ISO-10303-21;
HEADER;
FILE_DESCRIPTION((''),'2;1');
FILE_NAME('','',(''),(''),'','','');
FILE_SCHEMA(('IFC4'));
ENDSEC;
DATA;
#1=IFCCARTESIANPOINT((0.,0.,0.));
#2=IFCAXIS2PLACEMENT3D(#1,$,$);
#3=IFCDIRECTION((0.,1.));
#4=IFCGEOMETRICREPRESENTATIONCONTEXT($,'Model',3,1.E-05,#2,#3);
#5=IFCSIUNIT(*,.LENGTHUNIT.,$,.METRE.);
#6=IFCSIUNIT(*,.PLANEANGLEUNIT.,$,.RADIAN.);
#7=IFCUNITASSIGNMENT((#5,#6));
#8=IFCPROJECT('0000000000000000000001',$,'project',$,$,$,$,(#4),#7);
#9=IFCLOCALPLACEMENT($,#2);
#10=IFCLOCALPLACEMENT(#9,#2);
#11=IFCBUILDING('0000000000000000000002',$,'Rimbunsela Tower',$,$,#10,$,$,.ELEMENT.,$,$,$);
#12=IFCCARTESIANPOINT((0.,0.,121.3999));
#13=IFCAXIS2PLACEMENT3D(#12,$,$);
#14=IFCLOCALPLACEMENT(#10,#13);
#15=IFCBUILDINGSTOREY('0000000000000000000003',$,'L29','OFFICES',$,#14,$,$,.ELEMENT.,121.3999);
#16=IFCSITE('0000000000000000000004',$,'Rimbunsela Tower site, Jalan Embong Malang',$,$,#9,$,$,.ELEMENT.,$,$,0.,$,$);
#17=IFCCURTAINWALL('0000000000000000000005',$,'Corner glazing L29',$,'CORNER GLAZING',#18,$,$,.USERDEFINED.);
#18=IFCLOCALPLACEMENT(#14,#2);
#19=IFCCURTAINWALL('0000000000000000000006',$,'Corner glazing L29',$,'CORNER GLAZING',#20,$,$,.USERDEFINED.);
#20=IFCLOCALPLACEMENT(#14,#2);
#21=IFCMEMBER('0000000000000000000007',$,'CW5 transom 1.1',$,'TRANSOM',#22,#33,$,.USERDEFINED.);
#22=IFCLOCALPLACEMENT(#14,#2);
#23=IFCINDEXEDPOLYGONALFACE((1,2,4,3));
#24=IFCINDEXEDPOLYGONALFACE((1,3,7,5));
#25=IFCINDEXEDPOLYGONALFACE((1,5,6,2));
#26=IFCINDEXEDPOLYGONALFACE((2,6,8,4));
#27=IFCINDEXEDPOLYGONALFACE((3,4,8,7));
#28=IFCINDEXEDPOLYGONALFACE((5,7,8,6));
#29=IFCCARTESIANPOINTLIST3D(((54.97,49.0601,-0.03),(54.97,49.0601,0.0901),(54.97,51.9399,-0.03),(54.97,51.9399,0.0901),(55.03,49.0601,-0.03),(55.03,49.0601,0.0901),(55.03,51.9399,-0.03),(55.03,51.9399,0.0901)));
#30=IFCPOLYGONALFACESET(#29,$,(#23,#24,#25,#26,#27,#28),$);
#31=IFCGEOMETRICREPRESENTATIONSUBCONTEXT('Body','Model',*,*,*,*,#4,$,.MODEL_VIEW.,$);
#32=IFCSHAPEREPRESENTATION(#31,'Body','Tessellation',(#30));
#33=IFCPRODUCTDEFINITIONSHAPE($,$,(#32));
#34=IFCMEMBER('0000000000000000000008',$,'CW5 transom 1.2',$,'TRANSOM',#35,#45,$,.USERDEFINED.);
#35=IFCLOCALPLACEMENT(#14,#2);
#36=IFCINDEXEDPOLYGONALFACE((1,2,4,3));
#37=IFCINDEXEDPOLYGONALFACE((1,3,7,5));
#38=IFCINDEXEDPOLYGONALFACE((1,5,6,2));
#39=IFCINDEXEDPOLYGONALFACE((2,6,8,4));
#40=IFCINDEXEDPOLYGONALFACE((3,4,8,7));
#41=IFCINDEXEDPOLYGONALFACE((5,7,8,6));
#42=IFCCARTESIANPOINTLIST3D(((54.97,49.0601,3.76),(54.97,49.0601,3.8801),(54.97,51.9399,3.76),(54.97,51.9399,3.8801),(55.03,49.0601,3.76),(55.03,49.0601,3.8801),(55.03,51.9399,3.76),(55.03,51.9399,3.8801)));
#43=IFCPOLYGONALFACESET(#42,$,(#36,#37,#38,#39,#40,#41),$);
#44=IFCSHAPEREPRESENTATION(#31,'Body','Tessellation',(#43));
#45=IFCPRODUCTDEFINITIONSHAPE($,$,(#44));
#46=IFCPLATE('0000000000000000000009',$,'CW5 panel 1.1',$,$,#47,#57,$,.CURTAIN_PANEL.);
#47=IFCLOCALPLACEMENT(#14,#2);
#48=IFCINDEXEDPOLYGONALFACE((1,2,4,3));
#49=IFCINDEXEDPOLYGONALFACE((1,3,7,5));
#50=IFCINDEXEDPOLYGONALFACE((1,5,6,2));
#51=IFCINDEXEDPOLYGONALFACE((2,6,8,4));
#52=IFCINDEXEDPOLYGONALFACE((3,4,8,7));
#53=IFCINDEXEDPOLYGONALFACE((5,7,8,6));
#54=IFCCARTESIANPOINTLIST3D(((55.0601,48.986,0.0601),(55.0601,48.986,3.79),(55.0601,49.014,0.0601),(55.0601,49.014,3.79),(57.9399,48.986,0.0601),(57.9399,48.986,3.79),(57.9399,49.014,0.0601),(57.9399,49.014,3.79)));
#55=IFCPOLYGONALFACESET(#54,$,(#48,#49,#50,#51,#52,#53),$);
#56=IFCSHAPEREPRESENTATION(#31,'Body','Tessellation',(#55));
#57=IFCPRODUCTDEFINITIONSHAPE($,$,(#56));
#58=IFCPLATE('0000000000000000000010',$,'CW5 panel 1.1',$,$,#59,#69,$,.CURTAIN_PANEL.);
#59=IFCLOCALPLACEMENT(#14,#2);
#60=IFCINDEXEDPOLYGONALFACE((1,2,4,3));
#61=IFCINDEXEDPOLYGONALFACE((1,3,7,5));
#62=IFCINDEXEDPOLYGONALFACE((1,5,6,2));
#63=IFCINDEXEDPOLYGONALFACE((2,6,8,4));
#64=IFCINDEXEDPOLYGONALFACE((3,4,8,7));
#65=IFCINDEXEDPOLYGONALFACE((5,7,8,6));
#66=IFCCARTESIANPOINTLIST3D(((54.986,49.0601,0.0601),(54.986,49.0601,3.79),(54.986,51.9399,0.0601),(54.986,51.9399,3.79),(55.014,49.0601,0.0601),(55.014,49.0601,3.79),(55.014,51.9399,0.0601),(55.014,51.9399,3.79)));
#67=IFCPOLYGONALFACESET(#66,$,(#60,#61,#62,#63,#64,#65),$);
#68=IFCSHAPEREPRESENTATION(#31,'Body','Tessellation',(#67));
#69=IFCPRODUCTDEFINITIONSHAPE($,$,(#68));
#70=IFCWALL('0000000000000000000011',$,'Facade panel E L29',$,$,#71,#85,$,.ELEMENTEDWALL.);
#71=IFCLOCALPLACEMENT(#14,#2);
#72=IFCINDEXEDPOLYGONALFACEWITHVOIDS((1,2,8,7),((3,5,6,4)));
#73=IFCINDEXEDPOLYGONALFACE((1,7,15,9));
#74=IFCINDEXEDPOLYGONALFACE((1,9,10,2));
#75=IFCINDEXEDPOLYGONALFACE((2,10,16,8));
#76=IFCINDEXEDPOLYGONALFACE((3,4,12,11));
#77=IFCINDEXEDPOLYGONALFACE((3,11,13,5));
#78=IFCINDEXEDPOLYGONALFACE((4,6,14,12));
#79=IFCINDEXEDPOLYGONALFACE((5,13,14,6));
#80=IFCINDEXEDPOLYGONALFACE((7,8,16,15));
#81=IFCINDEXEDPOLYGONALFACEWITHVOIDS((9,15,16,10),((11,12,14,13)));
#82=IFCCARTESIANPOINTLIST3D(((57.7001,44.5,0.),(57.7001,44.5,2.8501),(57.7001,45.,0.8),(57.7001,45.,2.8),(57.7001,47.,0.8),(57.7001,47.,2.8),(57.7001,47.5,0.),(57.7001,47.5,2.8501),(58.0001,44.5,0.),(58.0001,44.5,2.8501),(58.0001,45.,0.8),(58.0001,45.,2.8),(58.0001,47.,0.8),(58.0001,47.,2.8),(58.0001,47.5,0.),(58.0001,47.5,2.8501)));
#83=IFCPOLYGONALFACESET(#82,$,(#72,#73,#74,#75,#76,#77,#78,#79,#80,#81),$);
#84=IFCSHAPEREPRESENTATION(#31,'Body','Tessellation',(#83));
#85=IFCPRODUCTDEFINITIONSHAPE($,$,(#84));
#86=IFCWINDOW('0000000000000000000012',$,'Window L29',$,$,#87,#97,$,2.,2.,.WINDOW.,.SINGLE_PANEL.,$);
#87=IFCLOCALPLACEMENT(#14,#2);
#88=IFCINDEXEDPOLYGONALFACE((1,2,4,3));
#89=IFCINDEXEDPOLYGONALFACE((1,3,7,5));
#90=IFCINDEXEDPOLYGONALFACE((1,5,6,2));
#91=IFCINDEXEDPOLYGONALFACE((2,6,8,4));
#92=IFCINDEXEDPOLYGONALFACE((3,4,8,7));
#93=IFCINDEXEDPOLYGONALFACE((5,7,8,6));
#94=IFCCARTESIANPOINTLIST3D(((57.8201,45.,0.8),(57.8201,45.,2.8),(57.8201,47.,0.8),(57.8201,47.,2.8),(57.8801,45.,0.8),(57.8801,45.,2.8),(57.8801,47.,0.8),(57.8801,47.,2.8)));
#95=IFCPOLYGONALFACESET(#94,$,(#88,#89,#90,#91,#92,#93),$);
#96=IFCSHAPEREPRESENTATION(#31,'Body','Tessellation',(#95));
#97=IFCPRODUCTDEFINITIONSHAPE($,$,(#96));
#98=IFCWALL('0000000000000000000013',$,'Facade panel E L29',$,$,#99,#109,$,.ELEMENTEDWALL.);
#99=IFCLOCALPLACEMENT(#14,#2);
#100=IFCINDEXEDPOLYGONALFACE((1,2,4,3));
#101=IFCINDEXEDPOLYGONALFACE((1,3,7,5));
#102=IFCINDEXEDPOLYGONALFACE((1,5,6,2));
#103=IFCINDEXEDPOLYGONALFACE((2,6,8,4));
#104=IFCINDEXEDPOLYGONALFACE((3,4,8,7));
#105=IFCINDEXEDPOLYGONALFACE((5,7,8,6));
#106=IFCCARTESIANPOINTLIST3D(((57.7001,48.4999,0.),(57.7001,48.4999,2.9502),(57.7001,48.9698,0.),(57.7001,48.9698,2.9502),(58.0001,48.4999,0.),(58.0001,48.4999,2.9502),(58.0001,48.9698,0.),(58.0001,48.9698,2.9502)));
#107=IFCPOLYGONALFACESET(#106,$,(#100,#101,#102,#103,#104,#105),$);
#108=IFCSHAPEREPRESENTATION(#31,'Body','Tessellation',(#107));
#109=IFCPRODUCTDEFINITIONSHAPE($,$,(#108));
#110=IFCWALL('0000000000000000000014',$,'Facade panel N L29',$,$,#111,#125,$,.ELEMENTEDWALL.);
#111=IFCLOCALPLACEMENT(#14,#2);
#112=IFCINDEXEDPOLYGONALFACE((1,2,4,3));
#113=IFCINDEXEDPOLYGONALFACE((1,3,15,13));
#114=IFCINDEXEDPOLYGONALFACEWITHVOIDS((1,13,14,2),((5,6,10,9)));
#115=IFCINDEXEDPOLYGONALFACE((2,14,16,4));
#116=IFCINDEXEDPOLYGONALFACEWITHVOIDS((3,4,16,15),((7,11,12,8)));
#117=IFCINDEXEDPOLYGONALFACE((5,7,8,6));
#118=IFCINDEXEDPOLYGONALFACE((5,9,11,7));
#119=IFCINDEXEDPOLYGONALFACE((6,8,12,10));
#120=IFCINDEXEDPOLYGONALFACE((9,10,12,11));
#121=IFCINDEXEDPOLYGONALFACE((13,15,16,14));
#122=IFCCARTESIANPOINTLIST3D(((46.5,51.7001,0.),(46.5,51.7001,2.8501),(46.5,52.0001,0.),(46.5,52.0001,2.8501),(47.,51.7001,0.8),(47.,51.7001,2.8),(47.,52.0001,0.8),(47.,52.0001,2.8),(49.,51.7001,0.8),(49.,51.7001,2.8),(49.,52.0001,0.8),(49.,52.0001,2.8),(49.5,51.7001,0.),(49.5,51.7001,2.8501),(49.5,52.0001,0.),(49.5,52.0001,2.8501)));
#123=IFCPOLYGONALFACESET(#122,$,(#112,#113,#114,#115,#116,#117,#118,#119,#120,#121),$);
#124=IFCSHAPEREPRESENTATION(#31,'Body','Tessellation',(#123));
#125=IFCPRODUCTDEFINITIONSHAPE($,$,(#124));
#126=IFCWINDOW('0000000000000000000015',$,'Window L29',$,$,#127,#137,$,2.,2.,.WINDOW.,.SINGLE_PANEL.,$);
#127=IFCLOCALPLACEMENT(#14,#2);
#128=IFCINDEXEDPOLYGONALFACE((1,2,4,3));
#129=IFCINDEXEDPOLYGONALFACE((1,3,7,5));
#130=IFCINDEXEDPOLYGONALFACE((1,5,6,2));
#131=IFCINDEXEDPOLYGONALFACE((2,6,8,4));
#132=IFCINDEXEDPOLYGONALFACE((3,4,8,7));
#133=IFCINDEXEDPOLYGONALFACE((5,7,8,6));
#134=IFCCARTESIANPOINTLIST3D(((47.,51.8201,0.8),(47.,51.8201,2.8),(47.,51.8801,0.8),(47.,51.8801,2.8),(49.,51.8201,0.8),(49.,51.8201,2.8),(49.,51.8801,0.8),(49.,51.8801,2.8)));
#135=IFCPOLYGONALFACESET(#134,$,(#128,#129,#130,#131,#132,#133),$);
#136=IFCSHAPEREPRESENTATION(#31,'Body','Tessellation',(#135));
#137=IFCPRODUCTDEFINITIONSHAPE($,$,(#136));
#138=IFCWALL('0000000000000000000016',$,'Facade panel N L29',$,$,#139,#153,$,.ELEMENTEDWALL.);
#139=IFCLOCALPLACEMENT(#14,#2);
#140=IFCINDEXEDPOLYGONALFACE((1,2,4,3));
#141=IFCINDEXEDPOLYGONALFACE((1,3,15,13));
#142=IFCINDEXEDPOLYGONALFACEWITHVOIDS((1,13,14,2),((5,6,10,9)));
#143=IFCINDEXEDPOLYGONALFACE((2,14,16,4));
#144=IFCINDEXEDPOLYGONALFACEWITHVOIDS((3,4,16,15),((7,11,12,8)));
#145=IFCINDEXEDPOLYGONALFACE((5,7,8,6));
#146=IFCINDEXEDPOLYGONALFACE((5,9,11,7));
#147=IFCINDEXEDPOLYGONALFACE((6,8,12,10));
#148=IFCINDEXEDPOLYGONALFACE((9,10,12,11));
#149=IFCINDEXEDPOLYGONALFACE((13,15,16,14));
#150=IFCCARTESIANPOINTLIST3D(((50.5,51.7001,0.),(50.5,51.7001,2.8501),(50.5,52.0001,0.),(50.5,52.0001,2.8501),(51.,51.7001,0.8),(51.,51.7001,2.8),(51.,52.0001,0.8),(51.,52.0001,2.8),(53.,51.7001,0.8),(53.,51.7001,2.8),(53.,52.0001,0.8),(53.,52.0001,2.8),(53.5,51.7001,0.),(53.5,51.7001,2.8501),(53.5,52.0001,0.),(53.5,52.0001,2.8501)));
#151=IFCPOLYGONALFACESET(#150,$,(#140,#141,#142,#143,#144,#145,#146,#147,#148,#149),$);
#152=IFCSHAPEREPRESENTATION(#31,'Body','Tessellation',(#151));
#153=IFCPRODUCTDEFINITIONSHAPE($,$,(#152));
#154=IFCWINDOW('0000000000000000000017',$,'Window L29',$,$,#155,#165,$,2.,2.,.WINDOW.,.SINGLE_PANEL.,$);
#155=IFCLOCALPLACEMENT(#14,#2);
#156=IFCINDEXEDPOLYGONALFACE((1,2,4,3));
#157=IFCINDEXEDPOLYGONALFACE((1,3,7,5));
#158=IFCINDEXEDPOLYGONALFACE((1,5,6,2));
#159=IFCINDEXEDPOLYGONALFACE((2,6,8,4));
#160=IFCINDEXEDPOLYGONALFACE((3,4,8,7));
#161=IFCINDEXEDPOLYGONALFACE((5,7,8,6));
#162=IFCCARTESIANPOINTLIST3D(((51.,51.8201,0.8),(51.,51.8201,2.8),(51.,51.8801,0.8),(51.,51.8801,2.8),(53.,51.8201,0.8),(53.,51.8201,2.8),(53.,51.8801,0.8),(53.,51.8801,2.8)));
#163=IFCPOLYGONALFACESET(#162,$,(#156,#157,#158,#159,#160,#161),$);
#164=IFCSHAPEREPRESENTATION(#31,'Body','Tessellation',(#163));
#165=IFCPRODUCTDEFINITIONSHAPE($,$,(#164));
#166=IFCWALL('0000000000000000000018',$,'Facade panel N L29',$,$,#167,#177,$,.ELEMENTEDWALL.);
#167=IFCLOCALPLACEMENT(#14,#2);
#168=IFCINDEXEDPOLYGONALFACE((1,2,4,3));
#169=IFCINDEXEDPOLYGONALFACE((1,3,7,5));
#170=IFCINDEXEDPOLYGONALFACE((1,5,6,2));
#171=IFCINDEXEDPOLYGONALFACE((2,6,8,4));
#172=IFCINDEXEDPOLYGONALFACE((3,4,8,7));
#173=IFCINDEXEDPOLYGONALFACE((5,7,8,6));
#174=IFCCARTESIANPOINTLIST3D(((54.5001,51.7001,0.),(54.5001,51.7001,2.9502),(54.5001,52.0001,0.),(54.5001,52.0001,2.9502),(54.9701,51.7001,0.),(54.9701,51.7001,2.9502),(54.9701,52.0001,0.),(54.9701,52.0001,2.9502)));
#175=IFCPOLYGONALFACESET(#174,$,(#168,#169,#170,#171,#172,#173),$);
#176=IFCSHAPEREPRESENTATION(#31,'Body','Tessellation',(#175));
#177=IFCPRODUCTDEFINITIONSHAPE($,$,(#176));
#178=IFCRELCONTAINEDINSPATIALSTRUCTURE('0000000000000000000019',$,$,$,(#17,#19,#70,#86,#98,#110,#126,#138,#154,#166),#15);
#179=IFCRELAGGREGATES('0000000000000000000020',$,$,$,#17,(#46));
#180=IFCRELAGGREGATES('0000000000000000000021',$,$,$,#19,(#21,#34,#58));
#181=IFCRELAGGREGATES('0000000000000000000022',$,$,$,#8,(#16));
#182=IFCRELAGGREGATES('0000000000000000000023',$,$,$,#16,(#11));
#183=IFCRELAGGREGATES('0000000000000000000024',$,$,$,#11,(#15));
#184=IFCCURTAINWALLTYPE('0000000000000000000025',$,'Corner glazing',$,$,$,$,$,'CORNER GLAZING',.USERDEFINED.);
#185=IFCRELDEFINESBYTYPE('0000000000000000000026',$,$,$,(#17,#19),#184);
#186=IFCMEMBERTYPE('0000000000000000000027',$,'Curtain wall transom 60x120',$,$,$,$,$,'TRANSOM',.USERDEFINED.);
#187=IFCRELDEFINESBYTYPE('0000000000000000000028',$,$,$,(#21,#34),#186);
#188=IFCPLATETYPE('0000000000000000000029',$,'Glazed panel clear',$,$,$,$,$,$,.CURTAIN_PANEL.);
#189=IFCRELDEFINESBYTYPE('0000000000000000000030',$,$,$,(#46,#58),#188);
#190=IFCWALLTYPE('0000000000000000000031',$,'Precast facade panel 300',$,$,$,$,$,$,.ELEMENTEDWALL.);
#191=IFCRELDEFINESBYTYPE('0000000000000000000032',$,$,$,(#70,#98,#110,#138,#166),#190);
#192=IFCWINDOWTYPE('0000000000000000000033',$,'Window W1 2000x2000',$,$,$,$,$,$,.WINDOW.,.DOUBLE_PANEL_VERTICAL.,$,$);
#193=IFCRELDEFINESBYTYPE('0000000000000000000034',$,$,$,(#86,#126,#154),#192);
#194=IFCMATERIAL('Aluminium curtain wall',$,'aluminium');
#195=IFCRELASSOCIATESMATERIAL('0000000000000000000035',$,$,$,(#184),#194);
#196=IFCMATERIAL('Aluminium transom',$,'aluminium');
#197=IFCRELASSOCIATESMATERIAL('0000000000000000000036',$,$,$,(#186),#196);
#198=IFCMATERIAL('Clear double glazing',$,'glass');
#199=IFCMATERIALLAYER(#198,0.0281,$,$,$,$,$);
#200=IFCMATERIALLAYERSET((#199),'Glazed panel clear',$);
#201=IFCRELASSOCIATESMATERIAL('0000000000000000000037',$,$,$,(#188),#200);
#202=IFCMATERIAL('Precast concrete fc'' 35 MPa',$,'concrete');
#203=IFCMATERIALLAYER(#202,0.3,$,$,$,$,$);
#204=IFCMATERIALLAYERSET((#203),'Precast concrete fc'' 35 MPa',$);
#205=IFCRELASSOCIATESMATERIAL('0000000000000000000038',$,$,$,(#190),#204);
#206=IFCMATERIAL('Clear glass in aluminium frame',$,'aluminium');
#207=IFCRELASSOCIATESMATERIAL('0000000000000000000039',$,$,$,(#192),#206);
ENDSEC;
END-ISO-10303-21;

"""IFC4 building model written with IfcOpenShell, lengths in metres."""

from ifc_helpers import new_model, si_unit, direction, frame, frame_2d, origin, origin_2d, place, context, subcontext, project, spatial, rectangle, extrude, material, layer, layer_set, material_profile, profile_set, type_object, element, fill, aggregate, save


model = new_model("IFC4")

# Units and contexts
model_context = context("Model", 3, precision=1e-05, world=origin(), true_north=direction((0.0, 1.0)))
body_context = subcontext(model_context, "Body", "Model", "MODEL_VIEW")
ifc_project = project(units=[si_unit("LENGTHUNIT", "METRE"), si_unit("PLANEANGLEUNIT", "RADIAN")], contexts=[model_context])

# Site, building, storey
site_placement = place(None, origin())
site = spatial("IfcSite", under=ifc_project, at=site_placement, Name="Rimbunsela Tower site, Jalan Embong Malang", CompositionType="ELEMENT", RefElevation=0.0)
building_placement = place(site_placement, origin())
building = spatial("IfcBuilding", under=site, at=building_placement, Name="Rimbunsela Tower", CompositionType="ELEMENT")
storey_placement = place(building_placement, frame((0.0, 0.0, 121.3999)))
storey = spatial("IfcBuildingStorey", under=building, at=storey_placement, Name="L29", Description="OFFICES", CompositionType="ELEMENT", Elevation=121.3999)

# Curtain walls
ifc_material_1 = material(Name="Aluminium curtain wall", Category="aluminium")
curtain_wall_type = type_object("IfcCurtainWallType", Name="Corner glazing", ElementType="CORNER GLAZING", PredefinedType="USERDEFINED", material=ifc_material_1)
curtain_wall_1_placement = place(storey_placement, origin())
curtain_wall_1 = element("IfcCurtainWall", 1, at=curtain_wall_1_placement, inside=storey, type_object=curtain_wall_type, Name="Corner glazing L29", ObjectType="CORNER GLAZING", PredefinedType="USERDEFINED")
curtain_wall_2_placement = place(storey_placement, origin())
curtain_wall_2 = element("IfcCurtainWall", 2, at=curtain_wall_2_placement, inside=storey, type_object=curtain_wall_type, Name="Corner glazing L29", ObjectType="CORNER GLAZING", PredefinedType="USERDEFINED")

# Members
ifc_material_2 = material(Name="Aluminium transom", Category="aluminium")
ifc_material_profile_1 = material_profile(ifc_material_2, rectangle(XDim=0.0601, YDim=0.1201, at=origin_2d()), Name="Transom 60x120")
ifc_profile_set_1 = profile_set([ifc_material_profile_1], Name="Aluminium transom")
member_type_1 = type_object("IfcMemberType", Name="Curtain wall transom 60x120", ElementType="TRANSOM", PredefinedType="USERDEFINED", material=ifc_profile_set_1)
member_1_placement = place(storey_placement, frame((55.0, 49.0601, 0.03), z_axis=(0.0, 1.0, 0.0), x_axis=(-1.0, 0.0, 0.0)))
member_1 = element("IfcMember", 3, at=member_1_placement, type_object=member_type_1, Name="CW5 transom 1.1", ObjectType="TRANSOM", PredefinedType="USERDEFINED", context=body_context, shape_type="SweptSolid", body=[
    extrude(rectangle(XDim=0.0601, YDim=0.1201, at=origin_2d()), origin(), (0.0, 0.0, 1.0), 2.8799),
])
member_2_placement = place(storey_placement, frame((55.0, 49.0601, 3.8201), z_axis=(0.0, 1.0, 0.0), x_axis=(-1.0, 0.0, 0.0)))
member_2 = element("IfcMember", 4, at=member_2_placement, type_object=member_type_1, Name="CW5 transom 1.2", ObjectType="TRANSOM", PredefinedType="USERDEFINED", context=body_context, shape_type="SweptSolid", body=[
    extrude(rectangle(XDim=0.0601, YDim=0.1201, at=origin_2d()), origin(), (0.0, 0.0, 1.0), 2.8799),
])

# Plates
ifc_material_3 = material(Name="Clear double glazing", Category="glass")
ifc_layer_1 = layer(ifc_material_3, 0.0281)
ifc_layer_set_1 = layer_set([ifc_layer_1], Name="Glazed panel clear")
plate_type = type_object("IfcPlateType", Name="Glazed panel clear", PredefinedType="CURTAIN_PANEL", material=ifc_layer_set_1)
plate_1_placement = place(storey_placement, frame((56.5, 49.0, 0.0601), z_axis=(0.0, 0.0, 1.0), x_axis=(-1.0, 0.0, 0.0)))
plate_1 = element("IfcPlate", 5, at=plate_1_placement, type_object=plate_type, Name="CW5 panel 1.1", PredefinedType="CURTAIN_PANEL", context=body_context, shape_type="SweptSolid", body=[
    extrude(rectangle(XDim=2.8799, YDim=0.0281, at=origin_2d()), origin(), (0.0, 0.0, 1.0), 3.73),
])
aggregate(curtain_wall_1, [plate_1])
plate_2_placement = place(storey_placement, frame((55.0, 50.5, 0.0601), z_axis=(0.0, 0.0, 1.0), x_axis=(0.0, 1.0, 0.0)))
plate_2 = element("IfcPlate", 6, at=plate_2_placement, type_object=plate_type, Name="CW5 panel 1.1", PredefinedType="CURTAIN_PANEL", context=body_context, shape_type="SweptSolid", body=[
    extrude(rectangle(XDim=2.8799, YDim=0.0281, at=origin_2d()), origin(), (0.0, 0.0, 1.0), 3.73),
])
aggregate(curtain_wall_2, [member_1, member_2, plate_2])

# Wall, opening, window
ifc_material_4 = material(Name="Precast concrete fc' 35 MPa", Category="concrete")
ifc_layer_2 = layer(ifc_material_4, 0.3)
ifc_layer_set_2 = layer_set([ifc_layer_2], Name="Precast concrete fc' 35 MPa")
wall_type = type_object("IfcWallType", Name="Precast facade panel 300", PredefinedType="ELEMENTEDWALL", material=ifc_layer_set_2)
wall_1_placement = place(storey_placement, frame((57.8501, 44.5, 0.0), z_axis=(0.0, 0.0, 1.0), x_axis=(0.0, 1.0, 0.0)))
wall_1 = element("IfcWall", 7, at=wall_1_placement, inside=storey, type_object=wall_type, Name="Facade panel E L29", PredefinedType="ELEMENTEDWALL", context=body_context, shape_type="SweptSolid", body=[
    extrude(rectangle(XDim=3.0, YDim=0.3, at=frame_2d((1.5, 0.0))), origin(), (0.0, 0.0, 1.0), 2.8501),
])
opening_1_placement = place(wall_1_placement, frame((0.5, 0.0, 0.8)))
opening_1 = element("IfcOpeningElement", 8, at=opening_1_placement, cuts=wall_1, PredefinedType="OPENING", context=body_context, shape_type="SweptSolid", body=[
    extrude(rectangle(XDim=2.0, YDim=2.0, at=frame_2d((1.0, 1.0))), frame((0.0, 0.1599, 0.0), z_axis=(0.0, -1.0, 0.0), x_axis=(1.0, 0.0, 0.0)), (0.0, 0.0, 1.0), 0.3201),
])
ifc_material_5 = material(Name="Clear glass in aluminium frame", Category="aluminium")
window_type = type_object("IfcWindowType", Name="Window W1 2000x2000", PartitioningType="DOUBLE_PANEL_VERTICAL", PredefinedType="WINDOW", material=ifc_material_5)
window_1_placement = place(opening_1_placement, origin())
window_1 = element("IfcWindow", 9, at=window_1_placement, inside=storey, type_object=window_type, Name="Window L29", OverallHeight=2.0, OverallWidth=2.0, PartitioningType="SINGLE_PANEL", PredefinedType="WINDOW", context=body_context, shape_type="SweptSolid", body=[
    extrude(rectangle(XDim=2.0, YDim=2.0, at=frame_2d((1.0, 1.0))), frame((0.0, 0.03, 0.0), z_axis=(0.0, -1.0, 0.0), x_axis=(1.0, 0.0, 0.0)), (0.0, 0.0, 1.0), 0.0601),
])
fill(opening_1, window_1)

# Wall
wall_2_placement = place(storey_placement, frame((57.8501, 48.5, 0.0), z_axis=(0.0, 0.0, 1.0), x_axis=(0.0, 1.0, 0.0)))
element("IfcWall", 10, at=wall_2_placement, inside=storey, type_object=wall_type, Name="Facade panel E L29", PredefinedType="ELEMENTEDWALL", context=body_context, shape_type="SweptSolid", body=[
    extrude(rectangle(XDim=0.47, YDim=0.3, at=frame_2d((0.2349, 0.0))), origin(), (0.0, 0.0, 1.0), 2.9502),
])

# Walls, openings, windows
wall_3_placement = place(storey_placement, frame((49.5, 51.8501, 0.0), z_axis=(0.0, 0.0, 1.0), x_axis=(-1.0, 0.0, 0.0)))
wall_3 = element("IfcWall", 11, at=wall_3_placement, inside=storey, type_object=wall_type, Name="Facade panel N L29", PredefinedType="ELEMENTEDWALL", context=body_context, shape_type="SweptSolid", body=[
    extrude(rectangle(XDim=3.0, YDim=0.3, at=frame_2d((1.5, 0.0))), origin(), (0.0, 0.0, 1.0), 2.8501),
])
opening_2_placement = place(wall_3_placement, frame((0.5, 0.0, 0.8)))
opening_2 = element("IfcOpeningElement", 12, at=opening_2_placement, cuts=wall_3, PredefinedType="OPENING", context=body_context, shape_type="SweptSolid", body=[
    extrude(rectangle(XDim=2.0, YDim=2.0, at=frame_2d((1.0, 1.0))), frame((0.0, 0.1599, 0.0), z_axis=(0.0, -1.0, 0.0), x_axis=(1.0, 0.0, 0.0)), (0.0, 0.0, 1.0), 0.3201),
])
window_2_placement = place(opening_2_placement, origin())
window_2 = element("IfcWindow", 13, at=window_2_placement, inside=storey, type_object=window_type, Name="Window L29", OverallHeight=2.0, OverallWidth=2.0, PartitioningType="SINGLE_PANEL", PredefinedType="WINDOW", context=body_context, shape_type="SweptSolid", body=[
    extrude(rectangle(XDim=2.0, YDim=2.0, at=frame_2d((1.0, 1.0))), frame((0.0, 0.03, 0.0), z_axis=(0.0, -1.0, 0.0), x_axis=(1.0, 0.0, 0.0)), (0.0, 0.0, 1.0), 0.0601),
])
fill(opening_2, window_2)
wall_4_placement = place(storey_placement, frame((53.5, 51.8501, 0.0), z_axis=(0.0, 0.0, 1.0), x_axis=(-1.0, 0.0, 0.0)))
wall_4 = element("IfcWall", 14, at=wall_4_placement, inside=storey, type_object=wall_type, Name="Facade panel N L29", PredefinedType="ELEMENTEDWALL", context=body_context, shape_type="SweptSolid", body=[
    extrude(rectangle(XDim=3.0, YDim=0.3, at=frame_2d((1.5, 0.0))), origin(), (0.0, 0.0, 1.0), 2.8501),
])
opening_3_placement = place(wall_4_placement, frame((0.5, 0.0, 0.8)))
opening_3 = element("IfcOpeningElement", 15, at=opening_3_placement, cuts=wall_4, PredefinedType="OPENING", context=body_context, shape_type="SweptSolid", body=[
    extrude(rectangle(XDim=2.0, YDim=2.0, at=frame_2d((1.0, 1.0))), frame((0.0, 0.1599, 0.0), z_axis=(0.0, -1.0, 0.0), x_axis=(1.0, 0.0, 0.0)), (0.0, 0.0, 1.0), 0.3201),
])
window_3_placement = place(opening_3_placement, origin())
window_3 = element("IfcWindow", 16, at=window_3_placement, inside=storey, type_object=window_type, Name="Window L29", OverallHeight=2.0, OverallWidth=2.0, PartitioningType="SINGLE_PANEL", PredefinedType="WINDOW", context=body_context, shape_type="SweptSolid", body=[
    extrude(rectangle(XDim=2.0, YDim=2.0, at=frame_2d((1.0, 1.0))), frame((0.0, 0.03, 0.0), z_axis=(0.0, -1.0, 0.0), x_axis=(1.0, 0.0, 0.0)), (0.0, 0.0, 1.0), 0.0601),
])
fill(opening_3, window_3)

# Wall
wall_5_placement = place(storey_placement, frame((54.97, 51.8501, 0.0), z_axis=(0.0, 0.0, 1.0), x_axis=(-1.0, 0.0, 0.0)))
element("IfcWall", 17, at=wall_5_placement, inside=storey, type_object=wall_type, Name="Facade panel N L29", PredefinedType="ELEMENTEDWALL", context=body_context, shape_type="SweptSolid", body=[
    extrude(rectangle(XDim=0.47, YDim=0.3, at=frame_2d((0.2349, 0.0))), origin(), (0.0, 0.0, 1.0), 2.9502),
])

save(model, "model.ifc")
